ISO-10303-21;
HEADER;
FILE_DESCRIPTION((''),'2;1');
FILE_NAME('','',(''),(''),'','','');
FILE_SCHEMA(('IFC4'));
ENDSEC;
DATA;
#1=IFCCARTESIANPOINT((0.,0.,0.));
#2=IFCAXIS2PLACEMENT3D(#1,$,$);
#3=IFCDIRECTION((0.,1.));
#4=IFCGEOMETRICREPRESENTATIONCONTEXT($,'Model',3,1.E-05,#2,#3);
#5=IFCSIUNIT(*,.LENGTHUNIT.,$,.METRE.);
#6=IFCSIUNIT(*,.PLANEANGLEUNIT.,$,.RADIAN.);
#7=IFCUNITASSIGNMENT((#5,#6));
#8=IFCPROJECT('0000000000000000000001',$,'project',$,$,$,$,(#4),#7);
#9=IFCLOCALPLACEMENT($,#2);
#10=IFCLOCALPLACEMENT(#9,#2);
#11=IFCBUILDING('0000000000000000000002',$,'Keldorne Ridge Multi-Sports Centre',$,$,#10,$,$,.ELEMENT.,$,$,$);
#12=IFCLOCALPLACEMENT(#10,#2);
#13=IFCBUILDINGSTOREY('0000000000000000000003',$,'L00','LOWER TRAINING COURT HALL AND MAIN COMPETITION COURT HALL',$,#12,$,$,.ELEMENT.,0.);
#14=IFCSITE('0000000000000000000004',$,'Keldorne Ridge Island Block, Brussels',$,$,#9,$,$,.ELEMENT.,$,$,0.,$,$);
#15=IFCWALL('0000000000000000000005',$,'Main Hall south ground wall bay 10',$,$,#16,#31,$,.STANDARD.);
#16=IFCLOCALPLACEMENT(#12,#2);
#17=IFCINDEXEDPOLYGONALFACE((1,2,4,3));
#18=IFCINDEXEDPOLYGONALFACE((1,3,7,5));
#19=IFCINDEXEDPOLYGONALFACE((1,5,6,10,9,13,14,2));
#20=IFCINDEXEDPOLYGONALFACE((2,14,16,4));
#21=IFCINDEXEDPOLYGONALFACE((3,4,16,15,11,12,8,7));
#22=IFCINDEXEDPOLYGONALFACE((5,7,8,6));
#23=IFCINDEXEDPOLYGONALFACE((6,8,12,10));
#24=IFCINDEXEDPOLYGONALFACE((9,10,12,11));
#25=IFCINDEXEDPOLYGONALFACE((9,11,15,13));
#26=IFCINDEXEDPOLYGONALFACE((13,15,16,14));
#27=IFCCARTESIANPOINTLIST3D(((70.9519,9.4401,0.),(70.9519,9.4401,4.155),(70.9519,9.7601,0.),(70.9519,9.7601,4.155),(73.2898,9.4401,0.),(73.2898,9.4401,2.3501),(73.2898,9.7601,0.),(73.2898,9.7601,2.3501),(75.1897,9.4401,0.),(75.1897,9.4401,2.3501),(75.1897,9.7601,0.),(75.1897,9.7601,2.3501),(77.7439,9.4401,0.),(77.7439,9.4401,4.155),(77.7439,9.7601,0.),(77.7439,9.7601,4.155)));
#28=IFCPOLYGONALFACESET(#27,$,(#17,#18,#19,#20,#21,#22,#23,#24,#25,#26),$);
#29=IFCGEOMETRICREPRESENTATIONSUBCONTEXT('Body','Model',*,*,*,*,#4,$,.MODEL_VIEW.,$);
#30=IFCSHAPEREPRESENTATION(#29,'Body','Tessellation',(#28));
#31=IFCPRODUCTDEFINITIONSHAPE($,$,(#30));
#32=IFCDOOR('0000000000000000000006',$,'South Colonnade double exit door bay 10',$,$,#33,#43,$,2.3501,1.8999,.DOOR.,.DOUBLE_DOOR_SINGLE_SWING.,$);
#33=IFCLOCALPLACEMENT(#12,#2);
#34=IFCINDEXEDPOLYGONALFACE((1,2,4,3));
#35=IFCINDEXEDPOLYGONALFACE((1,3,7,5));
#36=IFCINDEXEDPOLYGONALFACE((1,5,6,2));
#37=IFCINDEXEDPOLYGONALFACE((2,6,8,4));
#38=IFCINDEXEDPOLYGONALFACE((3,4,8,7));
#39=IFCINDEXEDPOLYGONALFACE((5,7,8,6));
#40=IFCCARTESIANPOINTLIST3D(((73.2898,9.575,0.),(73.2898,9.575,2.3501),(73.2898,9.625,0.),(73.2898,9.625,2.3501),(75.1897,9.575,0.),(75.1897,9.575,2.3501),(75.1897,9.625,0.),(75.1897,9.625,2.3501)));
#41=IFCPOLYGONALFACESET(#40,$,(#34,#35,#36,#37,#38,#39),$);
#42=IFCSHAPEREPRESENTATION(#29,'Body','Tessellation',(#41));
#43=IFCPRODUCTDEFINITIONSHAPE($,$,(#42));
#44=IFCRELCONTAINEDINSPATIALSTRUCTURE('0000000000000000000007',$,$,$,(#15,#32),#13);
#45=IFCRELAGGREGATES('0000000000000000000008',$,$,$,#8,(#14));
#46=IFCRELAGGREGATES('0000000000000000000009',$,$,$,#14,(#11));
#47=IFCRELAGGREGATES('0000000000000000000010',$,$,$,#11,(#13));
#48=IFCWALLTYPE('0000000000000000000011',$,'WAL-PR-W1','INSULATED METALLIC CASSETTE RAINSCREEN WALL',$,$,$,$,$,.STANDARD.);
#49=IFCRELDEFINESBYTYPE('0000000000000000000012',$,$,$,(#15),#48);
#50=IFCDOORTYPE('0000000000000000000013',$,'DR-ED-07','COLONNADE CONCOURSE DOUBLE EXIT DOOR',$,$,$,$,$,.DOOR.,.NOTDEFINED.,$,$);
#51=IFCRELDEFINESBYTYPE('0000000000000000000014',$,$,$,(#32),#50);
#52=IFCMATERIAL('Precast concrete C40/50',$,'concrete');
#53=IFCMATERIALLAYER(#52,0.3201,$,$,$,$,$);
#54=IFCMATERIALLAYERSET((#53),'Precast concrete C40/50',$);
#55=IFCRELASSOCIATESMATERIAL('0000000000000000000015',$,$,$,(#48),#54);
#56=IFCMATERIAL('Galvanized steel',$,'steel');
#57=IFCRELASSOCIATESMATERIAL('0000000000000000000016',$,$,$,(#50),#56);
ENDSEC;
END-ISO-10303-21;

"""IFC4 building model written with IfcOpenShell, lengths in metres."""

from ifc_helpers import new_model, si_unit, direction, frame, frame_2d, origin, place, context, subcontext, project, spatial, rectangle, extrude, material, layer, layer_set, type_object, element, fill, save


model = new_model("IFC4")

# Units and contexts
model_context = context("Model", 3, precision=1e-05, world=origin(), true_north=direction((0.0, 1.0)))
body_context = subcontext(model_context, "Body", "Model", "MODEL_VIEW")
ifc_project = project(units=[si_unit("LENGTHUNIT", "METRE"), si_unit("PLANEANGLEUNIT", "RADIAN")], contexts=[model_context])

# Site, building, storey
site_placement = place(None, origin())
site = spatial("IfcSite", under=ifc_project, at=site_placement, Name="Keldorne Ridge Island Block, Brussels", CompositionType="ELEMENT", RefElevation=0.0)
building_placement = place(site_placement, origin())
building = spatial("IfcBuilding", under=site, at=building_placement, Name="Keldorne Ridge Multi-Sports Centre", CompositionType="ELEMENT")
storey_placement = place(building_placement, origin())
storey = spatial("IfcBuildingStorey", under=building, at=storey_placement, Name="L00", Description="LOWER TRAINING COURT HALL AND MAIN COMPETITION COURT HALL", CompositionType="ELEMENT", Elevation=0.0)

# Wall, opening, door
ifc_material_1 = material(Name="Precast concrete C40/50", Category="concrete")
ifc_layer_1 = layer(ifc_material_1, 0.3201)
ifc_layer_set_1 = layer_set([ifc_layer_1], Name="Precast concrete C40/50")
wall_type = type_object("IfcWallType", Name="WAL-PR-W1", Description="INSULATED METALLIC CASSETTE RAINSCREEN WALL", PredefinedType="STANDARD", material=ifc_layer_set_1)
wall_1_placement = place(storey_placement, frame((70.9519, 9.6001, 0.0), z_axis=(0.0, 0.0, 1.0), x_axis=(1.0, 0.0, 0.0)))
wall_1 = element("IfcWall", 1, at=wall_1_placement, inside=storey, type_object=wall_type, Name="Main Hall south ground wall bay 10", PredefinedType="STANDARD", context=body_context, shape_type="SweptSolid", body=[
    extrude(rectangle(XDim=6.792, YDim=0.3201, at=frame_2d((3.396, 0.0))), origin(), (0.0, 0.0, 1.0), 4.155),
])
opening_1_placement = place(wall_1_placement, frame((2.3379, 0.0, 0.0)))
opening_1 = element("IfcOpeningElement", 2, at=opening_1_placement, cuts=wall_1, PredefinedType="OPENING", context=body_context, shape_type="SweptSolid", body=[
    extrude(rectangle(XDim=1.8999, YDim=2.3501, at=frame_2d((0.95, 1.175))), frame((0.0, 0.1699, 0.0), z_axis=(0.0, -1.0, 0.0), x_axis=(1.0, 0.0, 0.0)), (0.0, 0.0, 1.0), 0.3401),
])
ifc_material_2 = material(Name="Galvanized steel", Category="steel")
door_type_1 = type_object("IfcDoorType", Name="DR-ED-07", Description="COLONNADE CONCOURSE DOUBLE EXIT DOOR", OperationType="NOTDEFINED", PredefinedType="DOOR", material=ifc_material_2)
door_1_placement = place(opening_1_placement, origin())
door_1 = element("IfcDoor", 3, at=door_1_placement, inside=storey, type_object=door_type_1, Name="South Colonnade double exit door bay 10", OperationType="DOUBLE_DOOR_SINGLE_SWING", OverallHeight=2.3501, OverallWidth=1.8999, PredefinedType="DOOR", context=body_context, shape_type="SweptSolid", body=[
    extrude(rectangle(XDim=1.8999, YDim=2.3501, at=frame_2d((0.95, 1.175))), frame((0.0, 0.0249, 0.0), z_axis=(0.0, -1.0, 0.0), x_axis=(1.0, 0.0, 0.0)), (0.0, 0.0, 1.0), 0.05),
])
fill(opening_1, door_1)

save(model, "model.ifc")
